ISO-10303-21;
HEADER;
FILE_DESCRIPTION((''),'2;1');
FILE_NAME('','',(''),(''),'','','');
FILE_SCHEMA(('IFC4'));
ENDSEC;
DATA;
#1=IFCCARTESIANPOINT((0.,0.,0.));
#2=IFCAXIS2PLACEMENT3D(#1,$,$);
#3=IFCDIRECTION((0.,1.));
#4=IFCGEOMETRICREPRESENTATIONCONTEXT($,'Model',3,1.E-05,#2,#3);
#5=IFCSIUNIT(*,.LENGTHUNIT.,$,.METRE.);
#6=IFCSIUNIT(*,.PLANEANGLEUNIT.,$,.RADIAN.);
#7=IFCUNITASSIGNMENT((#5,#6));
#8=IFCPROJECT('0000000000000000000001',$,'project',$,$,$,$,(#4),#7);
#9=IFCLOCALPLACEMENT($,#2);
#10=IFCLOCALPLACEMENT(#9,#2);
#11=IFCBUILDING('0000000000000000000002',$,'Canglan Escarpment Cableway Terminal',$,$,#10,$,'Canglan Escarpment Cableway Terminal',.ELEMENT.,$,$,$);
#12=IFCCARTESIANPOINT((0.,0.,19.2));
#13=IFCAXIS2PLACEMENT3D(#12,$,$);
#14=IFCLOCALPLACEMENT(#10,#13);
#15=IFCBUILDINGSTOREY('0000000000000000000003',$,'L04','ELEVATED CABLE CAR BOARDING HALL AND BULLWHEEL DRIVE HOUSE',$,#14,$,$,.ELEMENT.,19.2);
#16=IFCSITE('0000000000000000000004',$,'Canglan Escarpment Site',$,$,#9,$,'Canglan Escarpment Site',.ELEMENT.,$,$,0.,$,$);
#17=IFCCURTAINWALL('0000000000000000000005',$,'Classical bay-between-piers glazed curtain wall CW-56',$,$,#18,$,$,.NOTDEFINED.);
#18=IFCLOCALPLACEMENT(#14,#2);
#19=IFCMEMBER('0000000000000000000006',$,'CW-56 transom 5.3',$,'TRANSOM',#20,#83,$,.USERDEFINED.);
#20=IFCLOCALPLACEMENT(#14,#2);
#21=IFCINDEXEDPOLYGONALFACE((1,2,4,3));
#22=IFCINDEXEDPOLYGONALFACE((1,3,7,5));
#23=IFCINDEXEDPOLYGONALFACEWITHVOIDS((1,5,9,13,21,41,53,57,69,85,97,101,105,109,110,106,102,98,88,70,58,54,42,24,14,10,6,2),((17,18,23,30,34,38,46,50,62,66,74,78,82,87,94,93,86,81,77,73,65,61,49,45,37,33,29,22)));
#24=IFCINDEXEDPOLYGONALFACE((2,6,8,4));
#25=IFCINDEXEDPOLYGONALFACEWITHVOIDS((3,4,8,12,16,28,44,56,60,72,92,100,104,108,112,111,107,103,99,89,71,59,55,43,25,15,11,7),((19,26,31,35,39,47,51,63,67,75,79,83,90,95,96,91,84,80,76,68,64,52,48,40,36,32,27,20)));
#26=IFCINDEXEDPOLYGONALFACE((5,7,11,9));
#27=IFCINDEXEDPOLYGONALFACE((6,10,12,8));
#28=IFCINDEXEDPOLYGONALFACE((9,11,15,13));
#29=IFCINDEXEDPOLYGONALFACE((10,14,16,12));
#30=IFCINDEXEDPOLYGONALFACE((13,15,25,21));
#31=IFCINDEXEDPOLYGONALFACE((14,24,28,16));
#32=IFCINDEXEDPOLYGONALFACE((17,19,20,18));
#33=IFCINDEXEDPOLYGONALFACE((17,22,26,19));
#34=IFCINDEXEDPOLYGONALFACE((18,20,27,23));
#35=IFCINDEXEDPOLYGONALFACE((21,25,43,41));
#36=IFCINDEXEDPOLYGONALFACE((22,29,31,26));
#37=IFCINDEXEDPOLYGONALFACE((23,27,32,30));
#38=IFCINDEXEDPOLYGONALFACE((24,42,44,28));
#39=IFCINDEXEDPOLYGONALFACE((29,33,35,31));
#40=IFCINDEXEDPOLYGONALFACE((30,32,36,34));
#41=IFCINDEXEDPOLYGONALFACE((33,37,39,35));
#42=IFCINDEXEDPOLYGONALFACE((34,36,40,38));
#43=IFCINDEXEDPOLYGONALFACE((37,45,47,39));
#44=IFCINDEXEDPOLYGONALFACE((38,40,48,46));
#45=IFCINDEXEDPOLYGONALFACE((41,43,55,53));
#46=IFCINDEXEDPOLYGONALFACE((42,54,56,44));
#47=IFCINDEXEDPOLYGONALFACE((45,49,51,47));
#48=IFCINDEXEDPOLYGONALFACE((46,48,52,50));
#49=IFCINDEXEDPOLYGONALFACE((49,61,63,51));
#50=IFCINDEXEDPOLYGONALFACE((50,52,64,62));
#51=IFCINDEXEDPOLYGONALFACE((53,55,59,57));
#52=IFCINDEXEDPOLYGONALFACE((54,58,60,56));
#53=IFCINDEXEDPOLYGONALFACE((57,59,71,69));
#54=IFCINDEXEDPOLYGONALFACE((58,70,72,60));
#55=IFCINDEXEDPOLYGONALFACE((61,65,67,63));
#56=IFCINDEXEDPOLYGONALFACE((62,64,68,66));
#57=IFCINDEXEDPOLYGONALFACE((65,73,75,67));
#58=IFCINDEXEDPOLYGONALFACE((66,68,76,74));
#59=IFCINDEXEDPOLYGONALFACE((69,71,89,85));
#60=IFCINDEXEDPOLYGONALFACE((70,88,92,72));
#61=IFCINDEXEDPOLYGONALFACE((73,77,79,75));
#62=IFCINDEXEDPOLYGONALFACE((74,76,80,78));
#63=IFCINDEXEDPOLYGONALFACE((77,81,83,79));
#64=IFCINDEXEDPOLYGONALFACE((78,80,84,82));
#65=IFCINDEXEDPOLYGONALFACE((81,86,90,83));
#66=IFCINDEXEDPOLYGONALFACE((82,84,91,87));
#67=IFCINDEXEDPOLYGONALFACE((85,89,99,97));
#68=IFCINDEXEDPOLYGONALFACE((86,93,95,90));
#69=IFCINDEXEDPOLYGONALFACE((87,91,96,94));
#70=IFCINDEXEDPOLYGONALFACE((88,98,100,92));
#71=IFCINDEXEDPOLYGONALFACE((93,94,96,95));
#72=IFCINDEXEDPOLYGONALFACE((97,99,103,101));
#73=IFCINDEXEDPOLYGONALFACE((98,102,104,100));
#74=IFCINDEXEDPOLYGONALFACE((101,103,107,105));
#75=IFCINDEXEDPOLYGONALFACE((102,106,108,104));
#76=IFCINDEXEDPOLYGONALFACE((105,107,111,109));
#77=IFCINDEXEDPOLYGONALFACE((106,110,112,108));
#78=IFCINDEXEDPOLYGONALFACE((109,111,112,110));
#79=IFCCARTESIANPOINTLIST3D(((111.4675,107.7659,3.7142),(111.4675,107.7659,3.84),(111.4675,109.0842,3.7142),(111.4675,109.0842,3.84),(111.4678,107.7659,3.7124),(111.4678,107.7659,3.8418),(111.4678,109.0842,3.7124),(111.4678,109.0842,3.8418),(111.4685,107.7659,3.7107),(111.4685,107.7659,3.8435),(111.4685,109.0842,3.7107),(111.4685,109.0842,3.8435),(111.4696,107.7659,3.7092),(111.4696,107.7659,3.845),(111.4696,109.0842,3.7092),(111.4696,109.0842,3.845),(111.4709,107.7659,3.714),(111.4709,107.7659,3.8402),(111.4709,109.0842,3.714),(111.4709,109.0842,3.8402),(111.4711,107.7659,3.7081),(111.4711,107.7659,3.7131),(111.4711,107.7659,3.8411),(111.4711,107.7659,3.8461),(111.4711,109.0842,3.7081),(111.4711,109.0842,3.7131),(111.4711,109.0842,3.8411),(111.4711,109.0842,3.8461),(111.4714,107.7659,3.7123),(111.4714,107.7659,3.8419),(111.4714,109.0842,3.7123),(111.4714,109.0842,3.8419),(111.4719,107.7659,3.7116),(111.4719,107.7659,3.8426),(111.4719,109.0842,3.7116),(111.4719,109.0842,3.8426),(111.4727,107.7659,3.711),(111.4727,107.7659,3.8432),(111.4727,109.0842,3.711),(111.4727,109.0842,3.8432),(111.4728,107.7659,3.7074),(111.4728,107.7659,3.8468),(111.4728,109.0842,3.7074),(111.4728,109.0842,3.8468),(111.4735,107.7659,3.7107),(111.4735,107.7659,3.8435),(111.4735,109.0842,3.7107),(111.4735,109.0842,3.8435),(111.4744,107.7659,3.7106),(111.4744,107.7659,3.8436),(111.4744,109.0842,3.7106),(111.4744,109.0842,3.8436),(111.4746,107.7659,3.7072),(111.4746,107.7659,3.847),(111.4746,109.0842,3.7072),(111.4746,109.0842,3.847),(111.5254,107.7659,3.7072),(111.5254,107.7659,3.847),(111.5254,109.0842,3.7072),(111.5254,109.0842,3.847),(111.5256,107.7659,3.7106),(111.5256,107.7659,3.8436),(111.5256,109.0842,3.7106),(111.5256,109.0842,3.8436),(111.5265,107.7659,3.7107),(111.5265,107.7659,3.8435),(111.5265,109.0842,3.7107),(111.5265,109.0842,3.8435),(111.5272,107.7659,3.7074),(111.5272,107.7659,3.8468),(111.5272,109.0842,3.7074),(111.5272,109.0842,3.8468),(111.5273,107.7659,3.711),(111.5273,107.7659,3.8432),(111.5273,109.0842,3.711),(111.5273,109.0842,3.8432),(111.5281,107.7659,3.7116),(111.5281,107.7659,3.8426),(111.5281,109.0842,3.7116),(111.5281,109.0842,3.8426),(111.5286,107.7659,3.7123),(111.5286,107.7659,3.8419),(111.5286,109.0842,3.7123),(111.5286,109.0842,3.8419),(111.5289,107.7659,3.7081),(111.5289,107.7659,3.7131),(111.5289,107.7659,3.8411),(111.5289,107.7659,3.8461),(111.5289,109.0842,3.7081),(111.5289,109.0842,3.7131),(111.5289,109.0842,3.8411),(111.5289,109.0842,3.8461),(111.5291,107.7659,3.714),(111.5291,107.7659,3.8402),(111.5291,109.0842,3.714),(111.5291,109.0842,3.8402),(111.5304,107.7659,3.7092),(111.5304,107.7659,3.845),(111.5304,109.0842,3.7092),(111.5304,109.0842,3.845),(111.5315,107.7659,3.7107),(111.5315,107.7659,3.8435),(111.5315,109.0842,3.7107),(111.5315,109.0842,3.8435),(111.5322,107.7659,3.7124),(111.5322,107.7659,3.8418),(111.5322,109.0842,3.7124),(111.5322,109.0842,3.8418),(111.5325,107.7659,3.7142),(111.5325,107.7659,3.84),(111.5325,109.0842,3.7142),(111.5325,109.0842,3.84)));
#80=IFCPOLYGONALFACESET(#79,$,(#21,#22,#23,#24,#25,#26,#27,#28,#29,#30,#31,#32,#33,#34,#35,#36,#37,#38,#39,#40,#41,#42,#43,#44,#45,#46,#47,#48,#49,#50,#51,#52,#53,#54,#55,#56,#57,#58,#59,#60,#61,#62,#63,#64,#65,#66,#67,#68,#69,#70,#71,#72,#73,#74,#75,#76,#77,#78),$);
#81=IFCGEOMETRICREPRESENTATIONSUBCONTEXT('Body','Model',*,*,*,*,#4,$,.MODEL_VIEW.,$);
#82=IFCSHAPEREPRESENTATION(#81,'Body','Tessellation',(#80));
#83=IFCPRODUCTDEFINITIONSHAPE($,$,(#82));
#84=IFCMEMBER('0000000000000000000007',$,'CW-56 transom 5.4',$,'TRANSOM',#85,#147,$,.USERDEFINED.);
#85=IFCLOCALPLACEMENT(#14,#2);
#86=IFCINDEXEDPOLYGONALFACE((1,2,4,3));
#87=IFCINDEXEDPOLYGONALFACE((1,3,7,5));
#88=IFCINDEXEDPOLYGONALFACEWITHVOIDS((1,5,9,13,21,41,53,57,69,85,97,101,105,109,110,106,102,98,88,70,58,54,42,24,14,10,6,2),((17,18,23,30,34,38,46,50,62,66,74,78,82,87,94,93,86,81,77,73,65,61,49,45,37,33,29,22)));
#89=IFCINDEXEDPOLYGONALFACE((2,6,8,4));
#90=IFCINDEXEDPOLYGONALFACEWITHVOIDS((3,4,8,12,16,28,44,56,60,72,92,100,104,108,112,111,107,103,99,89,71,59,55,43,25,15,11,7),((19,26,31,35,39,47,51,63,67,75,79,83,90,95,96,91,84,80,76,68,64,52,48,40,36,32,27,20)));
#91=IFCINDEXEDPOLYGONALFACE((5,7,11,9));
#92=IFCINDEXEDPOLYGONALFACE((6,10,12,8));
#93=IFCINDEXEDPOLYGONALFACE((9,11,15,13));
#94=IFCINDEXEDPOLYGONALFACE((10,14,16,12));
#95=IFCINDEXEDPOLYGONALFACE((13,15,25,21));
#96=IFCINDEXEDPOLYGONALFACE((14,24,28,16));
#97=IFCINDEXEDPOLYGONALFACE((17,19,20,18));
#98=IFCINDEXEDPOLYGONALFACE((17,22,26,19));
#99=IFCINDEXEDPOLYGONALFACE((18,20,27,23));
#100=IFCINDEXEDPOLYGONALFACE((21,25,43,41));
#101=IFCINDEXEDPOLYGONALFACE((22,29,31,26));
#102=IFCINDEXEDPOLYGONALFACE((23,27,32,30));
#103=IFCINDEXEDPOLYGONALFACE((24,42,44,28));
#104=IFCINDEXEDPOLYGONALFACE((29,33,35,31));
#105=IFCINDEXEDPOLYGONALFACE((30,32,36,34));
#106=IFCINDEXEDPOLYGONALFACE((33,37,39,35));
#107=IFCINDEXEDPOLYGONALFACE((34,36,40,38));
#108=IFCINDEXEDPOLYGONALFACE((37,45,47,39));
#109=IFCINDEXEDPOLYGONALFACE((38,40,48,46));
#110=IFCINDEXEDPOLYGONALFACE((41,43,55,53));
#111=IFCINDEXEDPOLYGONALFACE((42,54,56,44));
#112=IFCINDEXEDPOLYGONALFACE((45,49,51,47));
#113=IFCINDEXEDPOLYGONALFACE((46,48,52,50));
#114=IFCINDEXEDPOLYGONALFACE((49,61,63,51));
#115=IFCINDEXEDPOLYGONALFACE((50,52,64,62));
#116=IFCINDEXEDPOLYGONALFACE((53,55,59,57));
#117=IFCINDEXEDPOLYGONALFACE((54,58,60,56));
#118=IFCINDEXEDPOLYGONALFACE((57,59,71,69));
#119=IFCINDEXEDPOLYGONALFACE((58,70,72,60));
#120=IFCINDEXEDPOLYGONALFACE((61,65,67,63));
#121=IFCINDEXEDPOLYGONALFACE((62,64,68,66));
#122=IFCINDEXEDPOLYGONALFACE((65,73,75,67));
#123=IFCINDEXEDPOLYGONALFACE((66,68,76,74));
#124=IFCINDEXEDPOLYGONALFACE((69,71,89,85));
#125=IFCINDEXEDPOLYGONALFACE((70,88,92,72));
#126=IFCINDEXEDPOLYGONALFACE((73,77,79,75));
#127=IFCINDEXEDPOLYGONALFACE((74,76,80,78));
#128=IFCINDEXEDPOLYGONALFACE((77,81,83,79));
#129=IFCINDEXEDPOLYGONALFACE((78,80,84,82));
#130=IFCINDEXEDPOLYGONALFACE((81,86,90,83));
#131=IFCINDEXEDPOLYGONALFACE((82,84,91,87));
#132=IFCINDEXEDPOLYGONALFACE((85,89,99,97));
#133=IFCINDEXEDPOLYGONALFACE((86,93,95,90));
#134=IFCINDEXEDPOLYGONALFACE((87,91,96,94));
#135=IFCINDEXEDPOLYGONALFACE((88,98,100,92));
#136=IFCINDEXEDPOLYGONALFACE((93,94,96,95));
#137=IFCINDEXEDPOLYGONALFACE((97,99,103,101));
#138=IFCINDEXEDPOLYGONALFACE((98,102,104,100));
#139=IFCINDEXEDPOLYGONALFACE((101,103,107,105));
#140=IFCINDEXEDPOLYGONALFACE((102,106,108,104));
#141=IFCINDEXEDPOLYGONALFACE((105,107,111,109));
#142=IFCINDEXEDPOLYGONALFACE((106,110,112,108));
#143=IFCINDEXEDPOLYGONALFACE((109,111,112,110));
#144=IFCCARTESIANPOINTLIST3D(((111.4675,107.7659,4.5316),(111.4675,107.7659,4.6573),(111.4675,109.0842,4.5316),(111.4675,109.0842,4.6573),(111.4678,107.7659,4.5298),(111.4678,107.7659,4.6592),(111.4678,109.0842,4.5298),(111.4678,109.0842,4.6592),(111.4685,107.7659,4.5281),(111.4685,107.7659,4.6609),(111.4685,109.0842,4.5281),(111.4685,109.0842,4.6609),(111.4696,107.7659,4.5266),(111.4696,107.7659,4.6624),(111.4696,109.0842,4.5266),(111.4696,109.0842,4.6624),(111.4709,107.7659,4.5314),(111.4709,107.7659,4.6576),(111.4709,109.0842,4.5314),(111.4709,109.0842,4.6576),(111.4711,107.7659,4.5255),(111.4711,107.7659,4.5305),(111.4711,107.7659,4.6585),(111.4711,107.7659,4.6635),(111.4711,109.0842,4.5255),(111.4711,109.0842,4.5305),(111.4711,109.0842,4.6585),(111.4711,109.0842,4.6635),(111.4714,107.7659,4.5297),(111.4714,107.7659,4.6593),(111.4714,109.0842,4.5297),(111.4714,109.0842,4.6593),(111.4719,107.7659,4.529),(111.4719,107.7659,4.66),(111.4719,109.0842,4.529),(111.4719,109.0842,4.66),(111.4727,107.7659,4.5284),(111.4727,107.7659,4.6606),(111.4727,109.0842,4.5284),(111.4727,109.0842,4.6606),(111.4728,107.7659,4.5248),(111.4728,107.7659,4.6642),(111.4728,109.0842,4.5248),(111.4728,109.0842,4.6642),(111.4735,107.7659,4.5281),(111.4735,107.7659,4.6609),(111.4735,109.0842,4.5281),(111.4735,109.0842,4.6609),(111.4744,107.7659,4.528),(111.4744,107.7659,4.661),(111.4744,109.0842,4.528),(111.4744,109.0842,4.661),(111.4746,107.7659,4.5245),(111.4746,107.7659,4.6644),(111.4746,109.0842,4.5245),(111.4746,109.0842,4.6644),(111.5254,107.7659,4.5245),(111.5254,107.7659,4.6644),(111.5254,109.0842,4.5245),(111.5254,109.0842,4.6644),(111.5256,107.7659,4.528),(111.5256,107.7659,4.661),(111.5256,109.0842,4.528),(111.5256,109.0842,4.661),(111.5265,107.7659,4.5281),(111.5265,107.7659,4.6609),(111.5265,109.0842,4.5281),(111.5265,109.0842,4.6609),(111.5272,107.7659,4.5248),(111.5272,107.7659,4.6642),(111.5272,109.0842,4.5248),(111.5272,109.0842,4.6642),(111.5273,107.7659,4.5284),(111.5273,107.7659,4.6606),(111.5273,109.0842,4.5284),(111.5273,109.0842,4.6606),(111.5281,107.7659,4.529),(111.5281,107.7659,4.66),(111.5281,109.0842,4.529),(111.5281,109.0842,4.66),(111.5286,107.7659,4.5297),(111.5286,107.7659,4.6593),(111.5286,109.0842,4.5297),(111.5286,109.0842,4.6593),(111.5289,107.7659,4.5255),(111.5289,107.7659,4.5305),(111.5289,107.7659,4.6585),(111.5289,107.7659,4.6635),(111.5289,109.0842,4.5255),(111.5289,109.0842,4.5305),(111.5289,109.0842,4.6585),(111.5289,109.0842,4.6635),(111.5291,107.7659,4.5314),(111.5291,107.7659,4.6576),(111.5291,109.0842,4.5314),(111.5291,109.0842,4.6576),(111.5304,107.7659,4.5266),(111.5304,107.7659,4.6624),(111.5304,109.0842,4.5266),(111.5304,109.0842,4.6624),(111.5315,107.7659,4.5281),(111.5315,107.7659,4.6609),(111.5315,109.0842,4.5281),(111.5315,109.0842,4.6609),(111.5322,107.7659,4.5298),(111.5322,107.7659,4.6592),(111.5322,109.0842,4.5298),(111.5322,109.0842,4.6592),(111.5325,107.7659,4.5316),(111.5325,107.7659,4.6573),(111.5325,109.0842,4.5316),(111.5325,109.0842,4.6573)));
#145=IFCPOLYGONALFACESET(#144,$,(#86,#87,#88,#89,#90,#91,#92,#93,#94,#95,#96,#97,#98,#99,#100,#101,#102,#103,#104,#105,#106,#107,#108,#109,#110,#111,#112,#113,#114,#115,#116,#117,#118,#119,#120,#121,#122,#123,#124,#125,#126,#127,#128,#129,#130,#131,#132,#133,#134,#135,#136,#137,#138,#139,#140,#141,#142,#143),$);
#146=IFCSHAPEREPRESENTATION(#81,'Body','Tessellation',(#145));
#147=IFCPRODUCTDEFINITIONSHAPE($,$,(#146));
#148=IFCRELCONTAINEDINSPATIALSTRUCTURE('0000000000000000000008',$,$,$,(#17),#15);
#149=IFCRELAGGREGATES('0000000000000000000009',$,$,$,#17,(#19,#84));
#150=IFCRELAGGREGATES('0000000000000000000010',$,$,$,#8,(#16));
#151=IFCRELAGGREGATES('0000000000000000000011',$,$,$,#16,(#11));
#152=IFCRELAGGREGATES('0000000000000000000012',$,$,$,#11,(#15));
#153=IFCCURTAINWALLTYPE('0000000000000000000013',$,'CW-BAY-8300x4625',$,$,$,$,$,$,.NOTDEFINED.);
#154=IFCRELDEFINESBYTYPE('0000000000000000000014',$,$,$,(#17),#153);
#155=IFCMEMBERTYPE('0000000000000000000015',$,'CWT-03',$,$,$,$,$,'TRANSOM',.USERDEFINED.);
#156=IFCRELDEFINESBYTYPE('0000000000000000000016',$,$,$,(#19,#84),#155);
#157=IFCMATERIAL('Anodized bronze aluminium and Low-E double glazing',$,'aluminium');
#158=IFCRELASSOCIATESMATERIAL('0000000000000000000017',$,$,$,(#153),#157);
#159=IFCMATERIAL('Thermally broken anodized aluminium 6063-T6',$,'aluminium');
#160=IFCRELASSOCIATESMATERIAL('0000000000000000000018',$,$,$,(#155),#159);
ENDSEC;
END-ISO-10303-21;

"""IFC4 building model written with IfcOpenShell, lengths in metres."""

from ifc_helpers import new_model, si_unit, direction, frame, origin, origin_2d, place, context, subcontext, project, spatial, hollow_rectangle, extrude, material, material_profile, profile_set, type_object, element, aggregate, save


model = new_model("IFC4")

# Units and contexts
model_context = context("Model", 3, precision=1e-05, world=origin(), true_north=direction((0.0, 1.0)))
body_context = subcontext(model_context, "Body", "Model", "MODEL_VIEW")
ifc_project = project(units=[si_unit("LENGTHUNIT", "METRE"), si_unit("PLANEANGLEUNIT", "RADIAN")], contexts=[model_context])

# Site, building, storey
site_placement = place(None, origin())
site = spatial("IfcSite", under=ifc_project, at=site_placement, Name="Canglan Escarpment Site", LongName="Canglan Escarpment Site", CompositionType="ELEMENT", RefElevation=0.0)
building_placement = place(site_placement, origin())
building = spatial("IfcBuilding", under=site, at=building_placement, Name="Canglan Escarpment Cableway Terminal", LongName="Canglan Escarpment Cableway Terminal", CompositionType="ELEMENT")
storey_placement = place(building_placement, frame((0.0, 0.0, 19.2)))
storey = spatial("IfcBuildingStorey", under=building, at=storey_placement, Name="L04", Description="ELEVATED CABLE CAR BOARDING HALL AND BULLWHEEL DRIVE HOUSE", CompositionType="ELEMENT", Elevation=19.2)

# Curtain wall
ifc_material_1 = material(Name="Anodized bronze aluminium and Low-E double glazing", Category="aluminium")
curtain_wall_type = type_object("IfcCurtainWallType", Name="CW-BAY-8300x4625", PredefinedType="NOTDEFINED", material=ifc_material_1)
curtain_wall_1_placement = place(storey_placement, origin())
curtain_wall_1 = element("IfcCurtainWall", 1, at=curtain_wall_1_placement, inside=storey, type_object=curtain_wall_type, Name="Classical bay-between-piers glazed curtain wall CW-56", PredefinedType="NOTDEFINED")
ifc_material_2 = material(Name="Thermally broken anodized aluminium 6063-T6", Category="aluminium")

# Members
ifc_material_profile_1 = material_profile(ifc_material_2, hollow_rectangle(XDim=0.0649, YDim=0.1399, WallThickness=0.0034, InnerFilletRadius=0.0034, OuterFilletRadius=0.0071, at=origin_2d()), Name="ALU-TRAN 65x140x3.5")
ifc_profile_set_1 = profile_set([ifc_material_profile_1], Name="Thermally broken anodized aluminium 6063-T6")
member_type_1 = type_object("IfcMemberType", Name="CWT-03", ElementType="TRANSOM", PredefinedType="USERDEFINED", material=ifc_profile_set_1)
member_1_placement = place(storey_placement, frame((111.5, 109.0842, 3.7771), z_axis=(0.0, -1.0, 0.0), x_axis=(1.0, 0.0, 0.0)))
member_1 = element("IfcMember", 2, at=member_1_placement, type_object=member_type_1, Name="CW-56 transom 5.3", ObjectType="TRANSOM", PredefinedType="USERDEFINED", context=body_context, shape_type="SweptSolid", body=[
    extrude(hollow_rectangle(XDim=0.0649, YDim=0.1399, WallThickness=0.0034, InnerFilletRadius=0.0034, OuterFilletRadius=0.0071, at=origin_2d()), origin(), (0.0, 0.0, 1.0), 1.3184),
])
member_2_placement = place(storey_placement, frame((111.5, 109.0842, 4.5945), z_axis=(0.0, -1.0, 0.0), x_axis=(1.0, 0.0, 0.0)))
member_2 = element("IfcMember", 3, at=member_2_placement, type_object=member_type_1, Name="CW-56 transom 5.4", ObjectType="TRANSOM", PredefinedType="USERDEFINED", context=body_context, shape_type="SweptSolid", body=[
    extrude(hollow_rectangle(XDim=0.0649, YDim=0.1399, WallThickness=0.0034, InnerFilletRadius=0.0034, OuterFilletRadius=0.0071, at=origin_2d()), origin(), (0.0, 0.0, 1.0), 1.3184),
])

aggregate(curtain_wall_1, [member_1, member_2])

save(model, "model.ifc")
